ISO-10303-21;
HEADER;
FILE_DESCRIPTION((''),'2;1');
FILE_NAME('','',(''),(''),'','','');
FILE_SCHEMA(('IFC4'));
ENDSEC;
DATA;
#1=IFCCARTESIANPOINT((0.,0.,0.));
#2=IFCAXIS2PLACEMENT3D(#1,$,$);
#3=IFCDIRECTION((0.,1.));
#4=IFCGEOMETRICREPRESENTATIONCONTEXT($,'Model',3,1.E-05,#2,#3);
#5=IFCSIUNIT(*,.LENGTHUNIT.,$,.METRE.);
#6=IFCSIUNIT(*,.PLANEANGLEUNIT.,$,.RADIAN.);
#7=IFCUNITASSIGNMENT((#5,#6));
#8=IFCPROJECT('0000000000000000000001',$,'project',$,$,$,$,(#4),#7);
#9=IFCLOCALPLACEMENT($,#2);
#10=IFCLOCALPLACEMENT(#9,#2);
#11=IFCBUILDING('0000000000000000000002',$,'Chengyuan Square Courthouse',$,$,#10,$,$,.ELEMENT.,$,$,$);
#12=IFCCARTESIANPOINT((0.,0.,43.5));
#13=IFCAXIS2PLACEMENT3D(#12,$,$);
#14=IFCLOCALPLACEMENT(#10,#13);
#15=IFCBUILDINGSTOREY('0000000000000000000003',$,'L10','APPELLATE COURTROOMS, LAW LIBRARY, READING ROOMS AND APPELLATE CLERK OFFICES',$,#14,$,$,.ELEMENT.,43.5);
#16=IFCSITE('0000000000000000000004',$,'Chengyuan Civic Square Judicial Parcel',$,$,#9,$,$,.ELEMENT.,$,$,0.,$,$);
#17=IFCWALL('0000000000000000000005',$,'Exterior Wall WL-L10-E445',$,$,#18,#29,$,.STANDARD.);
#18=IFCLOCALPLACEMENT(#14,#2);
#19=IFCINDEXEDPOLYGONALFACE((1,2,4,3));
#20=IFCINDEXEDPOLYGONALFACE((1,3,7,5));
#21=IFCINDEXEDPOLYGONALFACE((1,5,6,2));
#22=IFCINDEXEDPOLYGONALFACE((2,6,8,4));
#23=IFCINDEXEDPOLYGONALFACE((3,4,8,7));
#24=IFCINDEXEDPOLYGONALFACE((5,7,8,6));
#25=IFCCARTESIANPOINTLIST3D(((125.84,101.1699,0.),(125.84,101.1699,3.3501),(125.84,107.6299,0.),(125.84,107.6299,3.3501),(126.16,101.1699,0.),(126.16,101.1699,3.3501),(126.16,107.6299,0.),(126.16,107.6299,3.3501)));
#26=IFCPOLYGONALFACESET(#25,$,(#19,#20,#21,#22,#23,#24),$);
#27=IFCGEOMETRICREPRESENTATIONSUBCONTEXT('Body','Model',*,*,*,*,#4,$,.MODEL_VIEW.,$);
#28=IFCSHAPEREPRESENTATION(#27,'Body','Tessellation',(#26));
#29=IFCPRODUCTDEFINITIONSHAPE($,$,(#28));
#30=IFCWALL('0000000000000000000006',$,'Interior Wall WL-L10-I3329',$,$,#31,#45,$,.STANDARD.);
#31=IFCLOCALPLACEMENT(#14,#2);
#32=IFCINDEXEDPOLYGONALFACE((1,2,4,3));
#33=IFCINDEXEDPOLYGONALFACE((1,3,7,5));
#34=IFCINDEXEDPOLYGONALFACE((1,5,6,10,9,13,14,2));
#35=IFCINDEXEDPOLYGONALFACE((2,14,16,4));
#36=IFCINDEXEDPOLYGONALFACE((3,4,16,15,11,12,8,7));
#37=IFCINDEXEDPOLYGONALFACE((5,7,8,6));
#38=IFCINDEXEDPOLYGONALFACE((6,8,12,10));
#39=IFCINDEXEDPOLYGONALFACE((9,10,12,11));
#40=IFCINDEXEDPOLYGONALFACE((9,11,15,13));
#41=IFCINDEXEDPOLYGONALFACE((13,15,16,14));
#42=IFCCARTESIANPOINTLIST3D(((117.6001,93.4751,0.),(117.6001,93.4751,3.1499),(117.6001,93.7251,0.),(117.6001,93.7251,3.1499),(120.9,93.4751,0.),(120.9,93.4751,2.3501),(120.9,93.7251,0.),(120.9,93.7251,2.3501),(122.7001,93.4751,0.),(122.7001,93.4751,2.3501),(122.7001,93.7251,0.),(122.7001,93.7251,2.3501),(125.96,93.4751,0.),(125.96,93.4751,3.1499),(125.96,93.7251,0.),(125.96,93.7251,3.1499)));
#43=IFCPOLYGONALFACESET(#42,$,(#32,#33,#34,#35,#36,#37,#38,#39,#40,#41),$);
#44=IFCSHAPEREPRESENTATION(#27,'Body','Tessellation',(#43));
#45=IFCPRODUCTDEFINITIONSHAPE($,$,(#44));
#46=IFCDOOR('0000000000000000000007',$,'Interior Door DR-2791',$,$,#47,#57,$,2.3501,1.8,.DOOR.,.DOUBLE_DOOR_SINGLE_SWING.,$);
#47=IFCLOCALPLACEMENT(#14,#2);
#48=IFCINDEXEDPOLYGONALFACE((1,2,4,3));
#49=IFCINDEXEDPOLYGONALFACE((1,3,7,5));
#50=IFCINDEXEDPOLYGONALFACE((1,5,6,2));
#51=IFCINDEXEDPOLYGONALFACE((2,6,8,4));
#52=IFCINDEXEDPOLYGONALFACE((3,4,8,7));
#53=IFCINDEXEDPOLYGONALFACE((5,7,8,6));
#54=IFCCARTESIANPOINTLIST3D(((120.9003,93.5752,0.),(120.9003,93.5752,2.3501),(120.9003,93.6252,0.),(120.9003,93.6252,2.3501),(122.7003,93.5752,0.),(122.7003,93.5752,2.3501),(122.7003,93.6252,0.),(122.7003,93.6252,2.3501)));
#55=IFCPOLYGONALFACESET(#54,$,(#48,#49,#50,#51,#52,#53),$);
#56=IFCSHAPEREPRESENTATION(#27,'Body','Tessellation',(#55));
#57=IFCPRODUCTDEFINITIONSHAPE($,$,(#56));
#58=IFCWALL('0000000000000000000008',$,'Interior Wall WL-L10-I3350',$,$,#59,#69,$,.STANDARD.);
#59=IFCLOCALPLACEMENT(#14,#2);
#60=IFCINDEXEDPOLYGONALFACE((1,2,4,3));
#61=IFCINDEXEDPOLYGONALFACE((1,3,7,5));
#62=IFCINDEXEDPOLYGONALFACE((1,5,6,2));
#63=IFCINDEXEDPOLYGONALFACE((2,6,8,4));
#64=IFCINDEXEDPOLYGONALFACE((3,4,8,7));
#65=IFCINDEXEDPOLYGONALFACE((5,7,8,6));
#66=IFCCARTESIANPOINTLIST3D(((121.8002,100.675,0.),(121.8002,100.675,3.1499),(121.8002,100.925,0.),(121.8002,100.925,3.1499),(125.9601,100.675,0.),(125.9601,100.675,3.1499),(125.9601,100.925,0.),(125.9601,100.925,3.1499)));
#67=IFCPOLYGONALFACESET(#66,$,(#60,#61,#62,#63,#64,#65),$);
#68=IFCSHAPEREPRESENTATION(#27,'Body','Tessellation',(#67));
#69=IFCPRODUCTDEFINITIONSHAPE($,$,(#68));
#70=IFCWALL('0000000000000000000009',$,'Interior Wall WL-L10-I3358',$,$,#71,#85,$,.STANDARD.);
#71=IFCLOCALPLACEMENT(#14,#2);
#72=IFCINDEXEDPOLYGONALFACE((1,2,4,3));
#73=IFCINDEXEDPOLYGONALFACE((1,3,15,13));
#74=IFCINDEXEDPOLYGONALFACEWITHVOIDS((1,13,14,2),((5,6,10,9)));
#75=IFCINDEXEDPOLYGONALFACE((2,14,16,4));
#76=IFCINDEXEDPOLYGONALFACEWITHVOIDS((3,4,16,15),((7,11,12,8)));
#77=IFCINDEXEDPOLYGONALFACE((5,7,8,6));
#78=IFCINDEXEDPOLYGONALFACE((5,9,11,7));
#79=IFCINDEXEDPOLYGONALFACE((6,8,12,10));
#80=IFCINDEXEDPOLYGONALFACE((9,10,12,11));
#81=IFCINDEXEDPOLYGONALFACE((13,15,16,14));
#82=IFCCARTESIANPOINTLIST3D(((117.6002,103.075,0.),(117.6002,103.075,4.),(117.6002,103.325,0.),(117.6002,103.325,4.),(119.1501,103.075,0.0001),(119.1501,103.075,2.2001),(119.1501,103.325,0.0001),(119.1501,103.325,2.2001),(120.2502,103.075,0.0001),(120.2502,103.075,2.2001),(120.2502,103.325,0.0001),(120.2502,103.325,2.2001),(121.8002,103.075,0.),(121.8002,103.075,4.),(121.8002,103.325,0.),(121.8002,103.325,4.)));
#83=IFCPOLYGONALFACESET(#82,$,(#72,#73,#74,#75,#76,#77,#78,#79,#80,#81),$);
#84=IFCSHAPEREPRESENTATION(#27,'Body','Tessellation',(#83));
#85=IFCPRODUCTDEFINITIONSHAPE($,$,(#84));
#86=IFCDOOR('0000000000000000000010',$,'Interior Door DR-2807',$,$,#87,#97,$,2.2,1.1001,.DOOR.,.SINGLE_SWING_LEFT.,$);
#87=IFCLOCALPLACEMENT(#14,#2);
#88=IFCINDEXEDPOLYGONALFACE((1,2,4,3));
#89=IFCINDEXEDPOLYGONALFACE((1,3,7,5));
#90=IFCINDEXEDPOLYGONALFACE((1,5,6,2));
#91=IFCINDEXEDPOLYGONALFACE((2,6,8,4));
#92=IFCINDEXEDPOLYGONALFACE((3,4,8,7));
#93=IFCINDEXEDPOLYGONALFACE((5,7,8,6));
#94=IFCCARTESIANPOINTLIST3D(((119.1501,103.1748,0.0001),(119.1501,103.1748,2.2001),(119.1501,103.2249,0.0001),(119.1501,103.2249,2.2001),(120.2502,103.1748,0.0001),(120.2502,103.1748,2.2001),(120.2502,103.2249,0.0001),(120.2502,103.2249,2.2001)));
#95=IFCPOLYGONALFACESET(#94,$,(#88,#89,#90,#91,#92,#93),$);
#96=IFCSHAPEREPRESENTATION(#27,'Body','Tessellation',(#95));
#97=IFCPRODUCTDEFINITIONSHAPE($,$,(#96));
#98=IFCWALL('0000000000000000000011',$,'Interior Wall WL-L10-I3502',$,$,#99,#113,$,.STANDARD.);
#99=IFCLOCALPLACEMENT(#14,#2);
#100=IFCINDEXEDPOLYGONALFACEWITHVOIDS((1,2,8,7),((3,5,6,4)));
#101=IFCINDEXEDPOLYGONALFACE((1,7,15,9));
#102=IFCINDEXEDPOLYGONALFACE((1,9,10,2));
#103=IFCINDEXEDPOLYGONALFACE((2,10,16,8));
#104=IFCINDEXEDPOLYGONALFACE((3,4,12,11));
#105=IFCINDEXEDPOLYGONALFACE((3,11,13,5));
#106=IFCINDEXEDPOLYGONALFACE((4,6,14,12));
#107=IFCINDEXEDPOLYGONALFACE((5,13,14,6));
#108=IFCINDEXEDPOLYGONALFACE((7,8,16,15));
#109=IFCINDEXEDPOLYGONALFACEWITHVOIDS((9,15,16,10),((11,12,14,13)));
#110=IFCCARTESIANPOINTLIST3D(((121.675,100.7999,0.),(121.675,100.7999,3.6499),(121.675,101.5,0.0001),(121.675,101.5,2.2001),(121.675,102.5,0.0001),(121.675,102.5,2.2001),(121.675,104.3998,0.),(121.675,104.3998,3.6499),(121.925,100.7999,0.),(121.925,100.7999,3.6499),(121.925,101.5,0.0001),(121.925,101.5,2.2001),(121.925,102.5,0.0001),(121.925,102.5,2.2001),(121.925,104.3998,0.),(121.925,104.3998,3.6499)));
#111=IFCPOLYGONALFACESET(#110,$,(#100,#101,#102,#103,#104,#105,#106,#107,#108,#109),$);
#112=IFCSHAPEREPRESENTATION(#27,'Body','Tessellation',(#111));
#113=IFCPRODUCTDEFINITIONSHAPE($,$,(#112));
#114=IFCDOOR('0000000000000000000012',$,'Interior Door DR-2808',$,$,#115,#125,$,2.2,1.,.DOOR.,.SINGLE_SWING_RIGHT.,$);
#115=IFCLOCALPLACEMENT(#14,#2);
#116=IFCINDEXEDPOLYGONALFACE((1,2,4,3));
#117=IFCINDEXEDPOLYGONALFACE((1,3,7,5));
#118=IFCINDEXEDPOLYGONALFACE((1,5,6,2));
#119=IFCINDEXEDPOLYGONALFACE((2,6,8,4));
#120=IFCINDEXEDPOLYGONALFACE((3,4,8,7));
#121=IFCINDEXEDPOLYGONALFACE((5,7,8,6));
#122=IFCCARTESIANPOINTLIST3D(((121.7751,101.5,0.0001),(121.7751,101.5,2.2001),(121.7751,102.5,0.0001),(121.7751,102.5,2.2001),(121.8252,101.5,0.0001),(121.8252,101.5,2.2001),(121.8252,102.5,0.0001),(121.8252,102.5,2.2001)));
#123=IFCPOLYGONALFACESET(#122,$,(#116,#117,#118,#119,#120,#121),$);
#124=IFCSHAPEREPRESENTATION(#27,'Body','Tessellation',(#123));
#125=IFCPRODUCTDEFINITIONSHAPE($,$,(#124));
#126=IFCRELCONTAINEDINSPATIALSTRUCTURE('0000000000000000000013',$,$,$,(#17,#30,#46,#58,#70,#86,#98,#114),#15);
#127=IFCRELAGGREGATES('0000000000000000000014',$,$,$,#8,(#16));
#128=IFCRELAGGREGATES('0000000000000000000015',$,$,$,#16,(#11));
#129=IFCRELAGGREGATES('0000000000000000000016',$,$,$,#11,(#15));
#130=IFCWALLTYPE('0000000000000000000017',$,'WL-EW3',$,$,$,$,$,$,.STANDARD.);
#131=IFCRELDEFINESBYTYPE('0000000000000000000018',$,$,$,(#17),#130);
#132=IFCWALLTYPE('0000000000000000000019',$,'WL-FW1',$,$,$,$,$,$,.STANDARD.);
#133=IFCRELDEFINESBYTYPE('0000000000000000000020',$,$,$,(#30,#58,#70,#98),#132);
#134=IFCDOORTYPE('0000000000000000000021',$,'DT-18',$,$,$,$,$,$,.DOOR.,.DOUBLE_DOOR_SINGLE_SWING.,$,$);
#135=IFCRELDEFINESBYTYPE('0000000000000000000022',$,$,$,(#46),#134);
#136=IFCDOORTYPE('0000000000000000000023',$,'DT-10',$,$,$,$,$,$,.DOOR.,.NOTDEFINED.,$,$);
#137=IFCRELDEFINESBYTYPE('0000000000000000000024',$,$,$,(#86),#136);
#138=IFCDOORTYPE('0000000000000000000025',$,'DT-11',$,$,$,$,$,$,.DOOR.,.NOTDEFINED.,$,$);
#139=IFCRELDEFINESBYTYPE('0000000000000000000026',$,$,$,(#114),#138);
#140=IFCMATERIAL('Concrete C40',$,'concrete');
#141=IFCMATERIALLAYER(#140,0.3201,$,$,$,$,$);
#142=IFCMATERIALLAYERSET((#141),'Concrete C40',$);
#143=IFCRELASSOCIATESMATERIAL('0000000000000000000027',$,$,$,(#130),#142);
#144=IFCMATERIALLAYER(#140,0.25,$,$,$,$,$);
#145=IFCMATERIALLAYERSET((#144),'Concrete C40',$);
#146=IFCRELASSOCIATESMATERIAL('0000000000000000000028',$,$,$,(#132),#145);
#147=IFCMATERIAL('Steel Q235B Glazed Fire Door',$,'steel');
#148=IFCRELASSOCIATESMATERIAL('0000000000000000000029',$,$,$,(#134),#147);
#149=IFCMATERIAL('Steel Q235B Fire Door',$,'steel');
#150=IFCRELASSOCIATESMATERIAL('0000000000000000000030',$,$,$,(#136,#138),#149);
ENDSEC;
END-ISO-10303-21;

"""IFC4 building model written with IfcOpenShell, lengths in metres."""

from ifc_helpers import new_model, si_unit, direction, frame, frame_2d, origin, place, context, subcontext, project, spatial, rectangle, extrude, material, layer, layer_set, type_object, element, fill, save


model = new_model("IFC4")

# Units and contexts
model_context = context("Model", 3, precision=1e-05, world=origin(), true_north=direction((0.0, 1.0)))
body_context = subcontext(model_context, "Body", "Model", "MODEL_VIEW")
ifc_project = project(units=[si_unit("LENGTHUNIT", "METRE"), si_unit("PLANEANGLEUNIT", "RADIAN")], contexts=[model_context])

# Site, building, storey
site_placement = place(None, origin())
site = spatial("IfcSite", under=ifc_project, at=site_placement, Name="Chengyuan Civic Square Judicial Parcel", CompositionType="ELEMENT", RefElevation=0.0)
building_placement = place(site_placement, origin())
building = spatial("IfcBuilding", under=site, at=building_placement, Name="Chengyuan Square Courthouse", CompositionType="ELEMENT")
storey_placement = place(building_placement, frame((0.0, 0.0, 43.5)))
storey = spatial("IfcBuildingStorey", under=building, at=storey_placement, Name="L10", Description="APPELLATE COURTROOMS, LAW LIBRARY, READING ROOMS AND APPELLATE CLERK OFFICES", CompositionType="ELEMENT", Elevation=43.5)

# Shared definitions
ifc_material_1 = material(Name="Concrete C40", Category="concrete")

# Shared definitions
ifc_layer_1 = layer(ifc_material_1, 0.3201)
ifc_layer_set_1 = layer_set([ifc_layer_1], Name="Concrete C40")
wall_type_1 = type_object("IfcWallType", Name="WL-EW3", PredefinedType="STANDARD", material=ifc_layer_set_1)

# Wall
wall_1_placement = place(storey_placement, frame((126.0, 101.1699, 0.0), z_axis=(0.0, 0.0, 1.0), x_axis=(0.0, 1.0, 0.0)))
element("IfcWall", 1, at=wall_1_placement, inside=storey, type_object=wall_type_1, Name="Exterior Wall WL-L10-E445", PredefinedType="STANDARD", context=body_context, shape_type="SweptSolid", body=[
    extrude(rectangle(XDim=6.46, YDim=0.3201, at=frame_2d((3.23, 0.0))), origin(), (0.0, 0.0, 1.0), 3.3501),
])

# Wall, opening, door
ifc_layer_2 = layer(ifc_material_1, 0.25)
ifc_layer_set_2 = layer_set([ifc_layer_2], Name="Concrete C40")
wall_type_2 = type_object("IfcWallType", Name="WL-FW1", PredefinedType="STANDARD", material=ifc_layer_set_2)
wall_2_placement = place(storey_placement, frame((117.6001, 93.6001, 0.0), z_axis=(0.0, 0.0, 1.0), x_axis=(1.0, 0.0, 0.0)))
wall_2 = element("IfcWall", 2, at=wall_2_placement, inside=storey, type_object=wall_type_2, Name="Interior Wall WL-L10-I3329", PredefinedType="STANDARD", context=body_context, shape_type="SweptSolid", body=[
    extrude(rectangle(XDim=8.3599, YDim=0.25, at=frame_2d((4.1799, 0.0))), origin(), (0.0, 0.0, 1.0), 3.1499),
])
opening_1_placement = place(wall_2_placement, frame((3.3, 0.0, 0.0)))
opening_1 = element("IfcOpeningElement", 3, at=opening_1_placement, cuts=wall_2, PredefinedType="OPENING", context=body_context, shape_type="SweptSolid", body=[
    extrude(rectangle(XDim=1.8, YDim=2.3501, at=frame_2d((0.8999, 1.175))), frame((0.0, 0.137, 0.0), z_axis=(0.0, -1.0, 0.0), x_axis=(1.0, 0.0, 0.0)), (0.0, 0.0, 1.0), 0.2739),
])
ifc_material_2 = material(Name="Steel Q235B Glazed Fire Door", Category="steel")
door_type_1 = type_object("IfcDoorType", Name="DT-18", OperationType="DOUBLE_DOOR_SINGLE_SWING", PredefinedType="DOOR", material=ifc_material_2)
door_1_placement = place(opening_1_placement, frame((1.8, 0.0, 0.0), z_axis=(0.0, 0.0, 1.0), x_axis=(-1.0, 0.0, 0.0)))
door_1 = element("IfcDoor", 4, at=door_1_placement, inside=storey, type_object=door_type_1, Name="Interior Door DR-2791", OperationType="DOUBLE_DOOR_SINGLE_SWING", OverallHeight=2.3501, OverallWidth=1.8, PredefinedType="DOOR", context=body_context, shape_type="SweptSolid", body=[
    extrude(rectangle(XDim=1.8, YDim=2.3501, at=frame_2d((0.8999, 1.175))), frame((0.0, 0.0249, 0.0), z_axis=(0.0, -1.0, 0.0), x_axis=(1.0, 0.0, 0.0)), (0.0, 0.0, 1.0), 0.05),
])
fill(opening_1, door_1)

# Wall
wall_3_placement = place(storey_placement, frame((121.8, 100.8, 0.0), z_axis=(0.0, 0.0, 1.0), x_axis=(1.0, 0.0, 0.0)))
element("IfcWall", 5, at=wall_3_placement, inside=storey, type_object=wall_type_2, Name="Interior Wall WL-L10-I3350", PredefinedType="STANDARD", context=body_context, shape_type="SweptSolid", body=[
    extrude(rectangle(XDim=4.1599, YDim=0.25, at=frame_2d((2.0801, 0.0))), origin(), (0.0, 0.0, 1.0), 3.1499),
])

# Walls, openings, doors
wall_4_placement = place(storey_placement, frame((117.6001, 103.2, 0.0), z_axis=(0.0, 0.0, 1.0), x_axis=(1.0, 0.0, 0.0)))
wall_4 = element("IfcWall", 6, at=wall_4_placement, inside=storey, type_object=wall_type_2, Name="Interior Wall WL-L10-I3358", PredefinedType="STANDARD", context=body_context, shape_type="SweptSolid", body=[
    extrude(rectangle(XDim=4.2, YDim=0.25, at=frame_2d((2.1001, 0.0))), origin(), (0.0, 0.0, 1.0), 4.0),
])
opening_2_placement = place(wall_4_placement, frame((1.55, 0.0, 0.0)))
opening_2 = element("IfcOpeningElement", 7, at=opening_2_placement, cuts=wall_4, PredefinedType="OPENING", context=body_context, shape_type="SweptSolid", body=[
    extrude(rectangle(XDim=1.1001, YDim=2.2, at=frame_2d((0.55, 1.1001))), frame((0.0, 0.137, 0.0), z_axis=(0.0, -1.0, 0.0), x_axis=(1.0, 0.0, 0.0)), (0.0, 0.0, 1.0), 0.2739),
])
ifc_material_3 = material(Name="Steel Q235B Fire Door", Category="steel")
door_type_2 = type_object("IfcDoorType", Name="DT-10", OperationType="NOTDEFINED", PredefinedType="DOOR", material=ifc_material_3)
door_2_placement = place(opening_2_placement, origin())
door_2 = element("IfcDoor", 8, at=door_2_placement, inside=storey, type_object=door_type_2, Name="Interior Door DR-2807", OperationType="SINGLE_SWING_LEFT", OverallHeight=2.2, OverallWidth=1.1001, PredefinedType="DOOR", context=body_context, shape_type="SweptSolid", body=[
    extrude(rectangle(XDim=1.1001, YDim=2.2, at=frame_2d((0.55, 1.1001))), frame((0.0, 0.0249, 0.0), z_axis=(0.0, -1.0, 0.0), x_axis=(1.0, 0.0, 0.0)), (0.0, 0.0, 1.0), 0.05),
])
fill(opening_2, door_2)
wall_5_placement = place(storey_placement, frame((121.8, 100.8, 0.0), z_axis=(0.0, 0.0, 1.0), x_axis=(0.0, 1.0, 0.0)))
wall_5 = element("IfcWall", 9, at=wall_5_placement, inside=storey, type_object=wall_type_2, Name="Interior Wall WL-L10-I3502", PredefinedType="STANDARD", context=body_context, shape_type="SweptSolid", body=[
    extrude(rectangle(XDim=3.5999, YDim=0.25, at=frame_2d((1.7998, 0.0))), origin(), (0.0, 0.0, 1.0), 3.6499),
])
opening_3_placement = place(wall_5_placement, frame((0.7, 0.0, 0.0)))
opening_3 = element("IfcOpeningElement", 10, at=opening_3_placement, cuts=wall_5, PredefinedType="OPENING", context=body_context, shape_type="SweptSolid", body=[
    extrude(rectangle(XDim=1.0, YDim=2.2, at=frame_2d((0.5, 1.1001))), frame((0.0, 0.137, 0.0), z_axis=(0.0, -1.0, 0.0), x_axis=(1.0, 0.0, 0.0)), (0.0, 0.0, 1.0), 0.2739),
])
door_type_3 = type_object("IfcDoorType", Name="DT-11", OperationType="NOTDEFINED", PredefinedType="DOOR", material=ifc_material_3)
door_3_placement = place(opening_3_placement, origin())
door_3 = element("IfcDoor", 11, at=door_3_placement, inside=storey, type_object=door_type_3, Name="Interior Door DR-2808", OperationType="SINGLE_SWING_RIGHT", OverallHeight=2.2, OverallWidth=1.0, PredefinedType="DOOR", context=body_context, shape_type="SweptSolid", body=[
    extrude(rectangle(XDim=1.0, YDim=2.2, at=frame_2d((0.5, 1.1001))), frame((0.0, 0.0249, 0.0), z_axis=(0.0, -1.0, 0.0), x_axis=(1.0, 0.0, 0.0)), (0.0, 0.0, 1.0), 0.05),
])
fill(opening_3, door_3)

save(model, "model.ifc")
